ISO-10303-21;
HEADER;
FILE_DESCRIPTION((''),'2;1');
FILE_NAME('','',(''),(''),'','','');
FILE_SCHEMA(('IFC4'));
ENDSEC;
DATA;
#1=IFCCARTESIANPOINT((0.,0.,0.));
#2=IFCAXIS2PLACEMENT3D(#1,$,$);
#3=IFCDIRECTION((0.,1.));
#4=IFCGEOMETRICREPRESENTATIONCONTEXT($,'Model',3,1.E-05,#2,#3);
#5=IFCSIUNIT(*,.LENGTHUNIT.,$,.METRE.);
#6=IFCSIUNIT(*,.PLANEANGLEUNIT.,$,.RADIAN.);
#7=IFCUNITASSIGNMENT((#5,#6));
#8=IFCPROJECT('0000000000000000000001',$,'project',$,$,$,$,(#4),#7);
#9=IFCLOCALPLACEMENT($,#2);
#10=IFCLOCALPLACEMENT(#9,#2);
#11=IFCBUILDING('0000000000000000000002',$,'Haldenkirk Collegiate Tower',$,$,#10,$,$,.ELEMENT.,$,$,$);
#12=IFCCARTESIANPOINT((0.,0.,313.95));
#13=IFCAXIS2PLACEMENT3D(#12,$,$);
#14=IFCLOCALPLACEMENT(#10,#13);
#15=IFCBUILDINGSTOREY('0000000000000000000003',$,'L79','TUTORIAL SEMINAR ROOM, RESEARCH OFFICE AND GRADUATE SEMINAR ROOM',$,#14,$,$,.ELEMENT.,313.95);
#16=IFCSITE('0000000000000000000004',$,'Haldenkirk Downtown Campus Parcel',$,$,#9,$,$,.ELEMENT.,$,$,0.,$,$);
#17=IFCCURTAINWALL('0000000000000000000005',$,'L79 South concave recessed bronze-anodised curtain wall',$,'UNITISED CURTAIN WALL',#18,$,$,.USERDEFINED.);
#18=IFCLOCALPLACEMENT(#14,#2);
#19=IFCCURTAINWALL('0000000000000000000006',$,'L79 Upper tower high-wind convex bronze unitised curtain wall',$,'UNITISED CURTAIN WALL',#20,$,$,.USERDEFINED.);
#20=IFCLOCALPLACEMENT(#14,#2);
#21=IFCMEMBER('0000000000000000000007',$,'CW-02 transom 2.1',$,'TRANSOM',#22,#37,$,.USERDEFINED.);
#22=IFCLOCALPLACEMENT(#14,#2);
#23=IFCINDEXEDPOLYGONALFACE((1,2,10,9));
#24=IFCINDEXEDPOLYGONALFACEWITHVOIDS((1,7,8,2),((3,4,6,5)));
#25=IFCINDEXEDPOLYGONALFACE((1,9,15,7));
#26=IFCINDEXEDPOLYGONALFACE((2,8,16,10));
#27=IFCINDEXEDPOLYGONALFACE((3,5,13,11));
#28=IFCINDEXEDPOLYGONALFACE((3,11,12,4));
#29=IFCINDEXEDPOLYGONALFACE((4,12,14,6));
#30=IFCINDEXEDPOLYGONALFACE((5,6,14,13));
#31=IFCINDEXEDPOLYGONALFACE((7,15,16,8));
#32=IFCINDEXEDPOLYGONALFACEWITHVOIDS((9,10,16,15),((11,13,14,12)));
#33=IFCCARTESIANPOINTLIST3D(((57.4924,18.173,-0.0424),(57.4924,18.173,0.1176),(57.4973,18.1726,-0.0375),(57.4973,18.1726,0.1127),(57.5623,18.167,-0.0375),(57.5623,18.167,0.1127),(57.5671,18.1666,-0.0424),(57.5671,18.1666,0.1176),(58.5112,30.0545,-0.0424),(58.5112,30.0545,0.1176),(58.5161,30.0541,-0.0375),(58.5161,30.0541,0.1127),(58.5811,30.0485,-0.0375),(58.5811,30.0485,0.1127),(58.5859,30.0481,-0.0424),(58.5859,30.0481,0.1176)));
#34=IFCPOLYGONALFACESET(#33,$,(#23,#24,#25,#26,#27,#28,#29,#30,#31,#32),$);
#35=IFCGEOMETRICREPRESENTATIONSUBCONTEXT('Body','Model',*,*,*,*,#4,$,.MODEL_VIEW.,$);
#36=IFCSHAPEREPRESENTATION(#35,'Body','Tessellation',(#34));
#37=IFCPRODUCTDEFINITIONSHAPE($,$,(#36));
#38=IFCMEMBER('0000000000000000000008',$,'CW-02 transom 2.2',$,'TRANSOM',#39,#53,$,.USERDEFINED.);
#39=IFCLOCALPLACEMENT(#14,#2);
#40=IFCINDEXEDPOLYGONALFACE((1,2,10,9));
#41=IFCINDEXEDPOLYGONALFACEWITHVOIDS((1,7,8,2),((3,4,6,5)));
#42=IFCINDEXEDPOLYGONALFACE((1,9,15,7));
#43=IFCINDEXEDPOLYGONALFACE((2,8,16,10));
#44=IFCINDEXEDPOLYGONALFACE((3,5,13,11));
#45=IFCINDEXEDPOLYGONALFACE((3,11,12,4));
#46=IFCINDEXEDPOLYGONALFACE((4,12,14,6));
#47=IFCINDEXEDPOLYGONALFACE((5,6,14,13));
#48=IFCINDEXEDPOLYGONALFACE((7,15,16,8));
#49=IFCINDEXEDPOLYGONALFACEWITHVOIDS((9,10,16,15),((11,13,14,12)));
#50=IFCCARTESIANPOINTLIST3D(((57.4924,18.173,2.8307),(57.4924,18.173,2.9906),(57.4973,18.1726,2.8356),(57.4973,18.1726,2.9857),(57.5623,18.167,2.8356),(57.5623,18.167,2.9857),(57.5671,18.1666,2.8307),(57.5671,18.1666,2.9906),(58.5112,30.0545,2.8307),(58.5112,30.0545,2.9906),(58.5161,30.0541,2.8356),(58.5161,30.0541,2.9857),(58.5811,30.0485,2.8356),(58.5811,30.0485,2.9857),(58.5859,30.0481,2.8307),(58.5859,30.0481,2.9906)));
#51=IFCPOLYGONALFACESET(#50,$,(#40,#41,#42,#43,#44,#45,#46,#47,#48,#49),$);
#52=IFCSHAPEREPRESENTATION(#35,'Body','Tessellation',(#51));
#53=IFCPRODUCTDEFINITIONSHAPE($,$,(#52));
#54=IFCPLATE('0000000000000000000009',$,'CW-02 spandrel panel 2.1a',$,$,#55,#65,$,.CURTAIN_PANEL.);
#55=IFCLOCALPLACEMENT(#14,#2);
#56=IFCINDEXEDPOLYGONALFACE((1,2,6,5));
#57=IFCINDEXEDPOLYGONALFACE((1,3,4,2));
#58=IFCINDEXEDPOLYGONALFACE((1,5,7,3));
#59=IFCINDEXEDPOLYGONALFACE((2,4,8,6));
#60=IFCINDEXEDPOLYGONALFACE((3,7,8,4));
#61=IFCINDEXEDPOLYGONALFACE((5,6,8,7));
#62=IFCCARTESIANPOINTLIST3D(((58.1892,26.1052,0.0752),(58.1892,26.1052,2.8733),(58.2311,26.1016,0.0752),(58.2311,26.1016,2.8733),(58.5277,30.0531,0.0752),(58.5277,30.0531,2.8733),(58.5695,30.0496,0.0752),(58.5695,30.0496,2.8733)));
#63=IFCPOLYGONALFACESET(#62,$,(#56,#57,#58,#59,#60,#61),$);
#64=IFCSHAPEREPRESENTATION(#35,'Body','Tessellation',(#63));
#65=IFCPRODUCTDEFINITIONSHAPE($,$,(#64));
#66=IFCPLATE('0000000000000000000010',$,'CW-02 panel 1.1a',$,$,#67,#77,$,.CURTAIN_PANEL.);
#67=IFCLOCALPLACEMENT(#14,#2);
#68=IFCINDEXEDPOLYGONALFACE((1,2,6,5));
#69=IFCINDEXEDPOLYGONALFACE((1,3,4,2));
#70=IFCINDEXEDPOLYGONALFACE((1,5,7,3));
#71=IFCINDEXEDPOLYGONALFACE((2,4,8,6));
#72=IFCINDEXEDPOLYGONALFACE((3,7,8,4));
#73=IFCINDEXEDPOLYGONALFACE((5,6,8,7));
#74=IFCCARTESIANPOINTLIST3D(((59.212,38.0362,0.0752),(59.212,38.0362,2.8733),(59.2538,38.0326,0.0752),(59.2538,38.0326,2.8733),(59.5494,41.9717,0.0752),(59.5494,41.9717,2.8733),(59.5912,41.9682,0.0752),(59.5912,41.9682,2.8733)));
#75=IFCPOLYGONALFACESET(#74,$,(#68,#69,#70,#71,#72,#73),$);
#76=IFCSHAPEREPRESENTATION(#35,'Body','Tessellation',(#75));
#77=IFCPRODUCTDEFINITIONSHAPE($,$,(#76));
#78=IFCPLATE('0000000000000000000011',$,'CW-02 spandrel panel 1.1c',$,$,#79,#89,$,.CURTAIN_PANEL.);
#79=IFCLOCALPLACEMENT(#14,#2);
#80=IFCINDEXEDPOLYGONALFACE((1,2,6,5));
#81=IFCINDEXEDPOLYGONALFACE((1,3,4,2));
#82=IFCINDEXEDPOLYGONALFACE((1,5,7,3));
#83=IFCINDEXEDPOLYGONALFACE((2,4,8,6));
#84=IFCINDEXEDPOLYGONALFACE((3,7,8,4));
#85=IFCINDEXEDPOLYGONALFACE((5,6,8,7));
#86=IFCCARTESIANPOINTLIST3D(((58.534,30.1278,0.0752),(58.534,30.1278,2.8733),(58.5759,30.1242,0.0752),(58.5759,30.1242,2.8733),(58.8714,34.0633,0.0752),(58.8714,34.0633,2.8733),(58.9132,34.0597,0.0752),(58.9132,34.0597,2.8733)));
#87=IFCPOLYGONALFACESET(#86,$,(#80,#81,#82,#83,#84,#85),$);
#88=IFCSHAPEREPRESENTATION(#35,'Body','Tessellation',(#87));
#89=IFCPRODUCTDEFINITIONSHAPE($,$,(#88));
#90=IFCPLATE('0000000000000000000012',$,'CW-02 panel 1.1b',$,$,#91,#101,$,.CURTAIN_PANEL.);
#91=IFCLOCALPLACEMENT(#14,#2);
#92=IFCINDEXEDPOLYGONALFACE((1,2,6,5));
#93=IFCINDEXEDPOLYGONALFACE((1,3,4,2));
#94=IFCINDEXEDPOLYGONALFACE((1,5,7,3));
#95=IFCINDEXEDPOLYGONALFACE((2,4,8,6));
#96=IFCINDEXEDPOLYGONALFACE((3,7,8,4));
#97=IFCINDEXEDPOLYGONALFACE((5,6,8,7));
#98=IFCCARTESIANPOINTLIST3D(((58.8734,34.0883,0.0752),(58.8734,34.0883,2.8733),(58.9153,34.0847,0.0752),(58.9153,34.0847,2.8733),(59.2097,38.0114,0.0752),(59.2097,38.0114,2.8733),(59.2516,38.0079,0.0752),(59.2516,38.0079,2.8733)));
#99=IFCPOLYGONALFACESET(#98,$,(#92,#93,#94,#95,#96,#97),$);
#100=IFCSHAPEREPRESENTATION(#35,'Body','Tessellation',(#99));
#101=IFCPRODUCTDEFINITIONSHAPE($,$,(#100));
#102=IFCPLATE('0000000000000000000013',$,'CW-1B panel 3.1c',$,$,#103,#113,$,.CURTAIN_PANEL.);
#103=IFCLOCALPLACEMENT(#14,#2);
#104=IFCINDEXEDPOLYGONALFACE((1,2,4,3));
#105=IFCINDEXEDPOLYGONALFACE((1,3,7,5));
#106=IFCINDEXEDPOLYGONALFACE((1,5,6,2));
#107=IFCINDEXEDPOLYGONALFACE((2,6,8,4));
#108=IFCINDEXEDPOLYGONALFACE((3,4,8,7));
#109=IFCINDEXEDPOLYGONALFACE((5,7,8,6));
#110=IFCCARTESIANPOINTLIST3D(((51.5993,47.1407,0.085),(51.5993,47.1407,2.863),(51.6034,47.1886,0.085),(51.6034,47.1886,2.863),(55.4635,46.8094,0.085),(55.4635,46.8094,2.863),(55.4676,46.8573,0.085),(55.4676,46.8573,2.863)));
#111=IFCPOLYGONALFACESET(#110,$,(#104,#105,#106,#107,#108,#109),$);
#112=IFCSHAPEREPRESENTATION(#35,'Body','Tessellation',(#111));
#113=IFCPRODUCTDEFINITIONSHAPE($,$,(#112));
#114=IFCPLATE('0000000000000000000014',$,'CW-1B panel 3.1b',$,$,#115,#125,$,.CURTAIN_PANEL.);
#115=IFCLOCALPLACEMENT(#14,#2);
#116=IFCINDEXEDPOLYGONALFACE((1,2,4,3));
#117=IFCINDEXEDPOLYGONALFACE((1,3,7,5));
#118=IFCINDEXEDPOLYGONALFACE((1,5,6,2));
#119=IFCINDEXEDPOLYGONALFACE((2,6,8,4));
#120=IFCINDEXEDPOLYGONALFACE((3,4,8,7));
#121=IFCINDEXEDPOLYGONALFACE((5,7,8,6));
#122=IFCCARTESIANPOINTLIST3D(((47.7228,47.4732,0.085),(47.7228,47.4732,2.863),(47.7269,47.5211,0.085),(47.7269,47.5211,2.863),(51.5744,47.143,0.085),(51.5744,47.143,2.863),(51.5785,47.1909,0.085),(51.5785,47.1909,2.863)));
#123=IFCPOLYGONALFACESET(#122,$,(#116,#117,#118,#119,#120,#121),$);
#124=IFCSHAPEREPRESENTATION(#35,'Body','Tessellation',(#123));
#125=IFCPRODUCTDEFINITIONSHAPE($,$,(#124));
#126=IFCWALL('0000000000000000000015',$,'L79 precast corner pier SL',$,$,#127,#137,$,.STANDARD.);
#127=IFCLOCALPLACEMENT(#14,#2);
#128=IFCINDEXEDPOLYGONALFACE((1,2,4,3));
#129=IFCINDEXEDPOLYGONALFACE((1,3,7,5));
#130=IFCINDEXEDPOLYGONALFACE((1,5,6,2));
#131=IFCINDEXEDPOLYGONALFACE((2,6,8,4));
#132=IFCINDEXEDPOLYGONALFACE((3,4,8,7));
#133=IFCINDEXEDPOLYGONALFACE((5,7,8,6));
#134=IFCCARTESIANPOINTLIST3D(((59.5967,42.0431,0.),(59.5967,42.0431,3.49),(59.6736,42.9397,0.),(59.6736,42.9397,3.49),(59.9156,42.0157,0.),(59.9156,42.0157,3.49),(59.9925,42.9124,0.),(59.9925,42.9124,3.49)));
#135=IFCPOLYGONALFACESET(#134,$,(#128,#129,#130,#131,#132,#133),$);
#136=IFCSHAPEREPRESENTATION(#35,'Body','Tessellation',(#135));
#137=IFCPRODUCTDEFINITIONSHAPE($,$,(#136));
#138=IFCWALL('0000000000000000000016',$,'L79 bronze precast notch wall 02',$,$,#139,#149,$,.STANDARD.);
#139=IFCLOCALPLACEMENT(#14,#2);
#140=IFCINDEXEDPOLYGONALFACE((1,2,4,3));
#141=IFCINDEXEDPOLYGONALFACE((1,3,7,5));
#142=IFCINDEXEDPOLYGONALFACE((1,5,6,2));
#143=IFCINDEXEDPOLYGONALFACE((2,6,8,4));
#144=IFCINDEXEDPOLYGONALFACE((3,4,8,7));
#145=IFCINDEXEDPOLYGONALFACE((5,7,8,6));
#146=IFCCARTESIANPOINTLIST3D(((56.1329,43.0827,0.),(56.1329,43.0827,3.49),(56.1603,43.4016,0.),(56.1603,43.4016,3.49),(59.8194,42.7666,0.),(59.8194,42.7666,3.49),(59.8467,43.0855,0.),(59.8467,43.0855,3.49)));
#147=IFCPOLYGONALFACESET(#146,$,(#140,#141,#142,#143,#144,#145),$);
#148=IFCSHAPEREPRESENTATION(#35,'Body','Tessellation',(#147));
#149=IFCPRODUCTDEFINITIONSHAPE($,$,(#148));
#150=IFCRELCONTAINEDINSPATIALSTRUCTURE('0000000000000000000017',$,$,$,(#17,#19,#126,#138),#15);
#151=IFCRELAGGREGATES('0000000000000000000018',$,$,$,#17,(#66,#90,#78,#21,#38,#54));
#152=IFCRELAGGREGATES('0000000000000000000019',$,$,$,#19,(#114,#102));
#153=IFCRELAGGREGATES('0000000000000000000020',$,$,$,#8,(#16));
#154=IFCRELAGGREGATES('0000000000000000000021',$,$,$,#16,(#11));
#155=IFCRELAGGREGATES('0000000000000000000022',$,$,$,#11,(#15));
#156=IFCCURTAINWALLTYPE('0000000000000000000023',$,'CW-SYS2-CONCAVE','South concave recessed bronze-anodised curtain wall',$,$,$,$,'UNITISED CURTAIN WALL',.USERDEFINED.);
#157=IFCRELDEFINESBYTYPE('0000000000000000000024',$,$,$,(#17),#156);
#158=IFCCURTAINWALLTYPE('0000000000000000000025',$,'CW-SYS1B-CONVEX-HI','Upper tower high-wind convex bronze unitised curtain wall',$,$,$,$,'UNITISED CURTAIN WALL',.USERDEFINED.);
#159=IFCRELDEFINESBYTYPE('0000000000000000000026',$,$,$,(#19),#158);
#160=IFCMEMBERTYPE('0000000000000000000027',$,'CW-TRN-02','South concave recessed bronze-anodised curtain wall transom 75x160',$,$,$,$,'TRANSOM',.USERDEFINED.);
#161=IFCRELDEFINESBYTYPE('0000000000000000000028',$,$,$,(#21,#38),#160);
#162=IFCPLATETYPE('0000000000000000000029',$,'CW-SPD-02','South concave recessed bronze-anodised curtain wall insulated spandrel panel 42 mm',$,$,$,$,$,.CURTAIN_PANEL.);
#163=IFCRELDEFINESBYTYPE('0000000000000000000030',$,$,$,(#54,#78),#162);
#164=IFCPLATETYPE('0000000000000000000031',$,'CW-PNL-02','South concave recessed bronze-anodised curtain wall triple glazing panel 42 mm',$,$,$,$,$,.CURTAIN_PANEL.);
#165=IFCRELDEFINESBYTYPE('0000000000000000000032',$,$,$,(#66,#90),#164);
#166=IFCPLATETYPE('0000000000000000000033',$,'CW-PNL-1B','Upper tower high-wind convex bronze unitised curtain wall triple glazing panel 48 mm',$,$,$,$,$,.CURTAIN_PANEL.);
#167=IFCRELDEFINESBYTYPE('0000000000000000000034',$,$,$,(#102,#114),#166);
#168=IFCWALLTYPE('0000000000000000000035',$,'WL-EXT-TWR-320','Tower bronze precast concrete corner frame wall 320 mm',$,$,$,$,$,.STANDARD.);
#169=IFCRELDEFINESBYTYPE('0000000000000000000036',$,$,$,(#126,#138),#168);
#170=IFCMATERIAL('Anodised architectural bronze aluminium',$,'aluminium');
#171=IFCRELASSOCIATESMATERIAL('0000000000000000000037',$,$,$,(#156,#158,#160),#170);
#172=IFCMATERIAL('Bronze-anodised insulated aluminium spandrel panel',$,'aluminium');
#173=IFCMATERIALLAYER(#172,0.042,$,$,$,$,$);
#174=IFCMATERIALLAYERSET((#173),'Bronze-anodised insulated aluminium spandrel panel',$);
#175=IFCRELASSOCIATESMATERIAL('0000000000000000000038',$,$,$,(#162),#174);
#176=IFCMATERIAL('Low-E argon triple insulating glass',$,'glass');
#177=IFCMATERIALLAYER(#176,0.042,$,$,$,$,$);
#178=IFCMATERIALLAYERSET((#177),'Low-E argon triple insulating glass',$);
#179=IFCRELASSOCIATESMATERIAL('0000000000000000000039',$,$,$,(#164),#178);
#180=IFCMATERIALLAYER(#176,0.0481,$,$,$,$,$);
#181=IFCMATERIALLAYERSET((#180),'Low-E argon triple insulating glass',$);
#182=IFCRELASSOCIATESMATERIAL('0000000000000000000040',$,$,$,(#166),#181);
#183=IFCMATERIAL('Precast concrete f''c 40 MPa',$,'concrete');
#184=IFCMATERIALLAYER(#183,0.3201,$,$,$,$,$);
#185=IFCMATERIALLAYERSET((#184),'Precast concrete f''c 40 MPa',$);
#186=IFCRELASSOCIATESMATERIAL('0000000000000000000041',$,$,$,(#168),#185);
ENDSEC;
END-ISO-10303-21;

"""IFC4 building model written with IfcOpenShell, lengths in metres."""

from ifc_helpers import new_model, si_unit, direction, frame, frame_2d, origin, origin_2d, place, context, subcontext, project, spatial, rectangle, hollow_rectangle, extrude, source, transform, mapped, material, layer, layer_set, material_profile, profile_set, type_object, element, aggregate, save


model = new_model("IFC4")

# Units and contexts
model_context = context("Model", 3, precision=1e-05, world=origin(), true_north=direction((0.0, 1.0)))
body_context = subcontext(model_context, "Body", "Model", "MODEL_VIEW")
ifc_project = project(units=[si_unit("LENGTHUNIT", "METRE"), si_unit("PLANEANGLEUNIT", "RADIAN")], contexts=[model_context])

# Site, building, storey
site_placement = place(None, origin())
site = spatial("IfcSite", under=ifc_project, at=site_placement, Name="Haldenkirk Downtown Campus Parcel", CompositionType="ELEMENT", RefElevation=0.0)
building_placement = place(site_placement, origin())
building = spatial("IfcBuilding", under=site, at=building_placement, Name="Haldenkirk Collegiate Tower", CompositionType="ELEMENT")
storey_placement = place(building_placement, frame((0.0, 0.0, 313.95)))
storey = spatial("IfcBuildingStorey", under=building, at=storey_placement, Name="L79", Description="TUTORIAL SEMINAR ROOM, RESEARCH OFFICE AND GRADUATE SEMINAR ROOM", CompositionType="ELEMENT", Elevation=313.95)

# Curtain wall
ifc_material_1 = material(Name="Anodised architectural bronze aluminium", Category="aluminium")
curtain_wall_type_1 = type_object("IfcCurtainWallType", Name="CW-SYS2-CONCAVE", Description="South concave recessed bronze-anodised curtain wall", ElementType="UNITISED CURTAIN WALL", PredefinedType="USERDEFINED", material=ifc_material_1)
curtain_wall_1_placement = place(storey_placement, origin())
curtain_wall_1 = element("IfcCurtainWall", 1, at=curtain_wall_1_placement, inside=storey, type_object=curtain_wall_type_1, Name="L79 South concave recessed bronze-anodised curtain wall", ObjectType="UNITISED CURTAIN WALL", PredefinedType="USERDEFINED")

# Curtain wall
curtain_wall_type_2 = type_object("IfcCurtainWallType", Name="CW-SYS1B-CONVEX-HI", Description="Upper tower high-wind convex bronze unitised curtain wall", ElementType="UNITISED CURTAIN WALL", PredefinedType="USERDEFINED", material=ifc_material_1)
curtain_wall_2_placement = place(storey_placement, origin())
curtain_wall_2 = element("IfcCurtainWall", 2, at=curtain_wall_2_placement, inside=storey, type_object=curtain_wall_type_2, Name="L79 Upper tower high-wind convex bronze unitised curtain wall", ObjectType="UNITISED CURTAIN WALL", PredefinedType="USERDEFINED")

# Members
ifc_material_profile_1 = material_profile(ifc_material_1, hollow_rectangle(XDim=0.075, YDim=0.1599, WallThickness=0.0049, at=origin_2d()), Name="CW-TRN-02")
ifc_profile_set_1 = profile_set([ifc_material_profile_1], Name="Anodised architectural bronze aluminium")
member_type_1 = type_object("IfcMemberType", Name="CW-TRN-02", Description="South concave recessed bronze-anodised curtain wall transom 75x160", ElementType="TRANSOM", PredefinedType="USERDEFINED", material=ifc_profile_set_1)
member_1_placement = place(storey_placement, frame((58.5486, 30.0513, 0.0376), z_axis=(-0.085434, -0.996344, 0.0), x_axis=(0.996344, -0.085434, 0.0)))
member_1 = element("IfcMember", 3, at=member_1_placement, type_object=member_type_1, Name="CW-02 transom 2.1", ObjectType="TRANSOM", PredefinedType="USERDEFINED", context=body_context, shape_type="SweptSolid", body=[
    extrude(hollow_rectangle(XDim=0.075, YDim=0.1599, WallThickness=0.0049, at=origin_2d()), origin(), (0.0, 0.0, 1.0), 11.925),
])
member_2_placement = place(storey_placement, frame((58.5486, 30.0513, 2.9106), z_axis=(-0.085434, -0.996344, 0.0), x_axis=(0.996344, -0.085434, 0.0)))
member_2 = element("IfcMember", 4, at=member_2_placement, type_object=member_type_1, Name="CW-02 transom 2.2", ObjectType="TRANSOM", PredefinedType="USERDEFINED", context=body_context, shape_type="SweptSolid", body=[
    extrude(hollow_rectangle(XDim=0.075, YDim=0.1599, WallThickness=0.0049, at=origin_2d()), origin(), (0.0, 0.0, 1.0), 11.925),
])

# Plates
ifc_material_2 = material(Name="Bronze-anodised insulated aluminium spandrel panel", Category="aluminium")
ifc_layer_1 = layer(ifc_material_2, 0.042)
ifc_layer_set_1 = layer_set([ifc_layer_1], Name="Bronze-anodised insulated aluminium spandrel panel")
plate_type_1 = type_object("IfcPlateType", Name="CW-SPD-02", Description="South concave recessed bronze-anodised curtain wall insulated spandrel panel 42 mm", PredefinedType="CURTAIN_PANEL", material=ifc_layer_set_1)
shared_shape_1 = source(origin(), body_context, "Body", "SweptSolid", [
    extrude(rectangle(XDim=3.9624, YDim=0.042, at=origin_2d()), origin(), (0.0, 0.0, 1.0), 2.7981),
])
plate_1_placement = place(storey_placement, frame((58.3794, 28.0774, 0.0752), z_axis=(0.0, 0.0, 1.0), x_axis=(-0.085417, -0.996345, 0.0)))
plate_1 = element("IfcPlate", 5, at=plate_1_placement, type_object=plate_type_1, Name="CW-02 spandrel panel 2.1a", PredefinedType="CURTAIN_PANEL", context=body_context, shape_type="MappedRepresentation", body=[
    mapped(shared_shape_1, transform((0.0, 0.0, 0.0), x_axis=(1.0, 0.0, 0.0), y_axis=(0.0, 1.0, 0.0), z_axis=(0.0, 0.0, 1.0), scale=1.0)),
])
ifc_material_3 = material(Name="Low-E argon triple insulating glass", Category="glass")
ifc_layer_2 = layer(ifc_material_3, 0.042)
ifc_layer_set_2 = layer_set([ifc_layer_2], Name="Low-E argon triple insulating glass")
plate_type_2 = type_object("IfcPlateType", Name="CW-PNL-02", Description="South concave recessed bronze-anodised curtain wall triple glazing panel 42 mm", PredefinedType="CURTAIN_PANEL", material=ifc_layer_set_2)
shared_shape_2 = source(origin(), body_context, "Body", "SweptSolid", [
    extrude(rectangle(XDim=3.95, YDim=0.042, at=origin_2d()), origin(), (0.0, 0.0, 1.0), 2.7981),
])
plate_2_placement = place(storey_placement, frame((59.4016, 40.0022, 0.0752), z_axis=(0.0, 0.0, 1.0), x_axis=(-0.085417, -0.996345, 0.0)))
plate_2 = element("IfcPlate", 6, at=plate_2_placement, type_object=plate_type_2, Name="CW-02 panel 1.1a", PredefinedType="CURTAIN_PANEL", context=body_context, shape_type="MappedRepresentation", body=[
    mapped(shared_shape_2, transform((0.0, 0.0, 0.0), x_axis=(1.0, 0.0, 0.0), y_axis=(0.0, 1.0, 0.0), z_axis=(0.0, 0.0, 1.0), scale=1.0)),
])
plate_3_placement = place(storey_placement, frame((58.7236, 32.0938, 0.0752), z_axis=(0.0, 0.0, 1.0), x_axis=(-0.085417, -0.996345, 0.0)))
plate_3 = element("IfcPlate", 7, at=plate_3_placement, type_object=plate_type_1, Name="CW-02 spandrel panel 1.1c", PredefinedType="CURTAIN_PANEL", context=body_context, shape_type="MappedRepresentation", body=[
    mapped(shared_shape_2, transform((0.0, 0.0, 0.0), x_axis=(1.0, 0.0, 0.0), y_axis=(0.0, 1.0, 0.0), z_axis=(0.0, 0.0, 1.0), scale=1.0)),
])
shared_shape_3 = source(origin(), body_context, "Body", "SweptSolid", [
    extrude(rectangle(XDim=3.9375, YDim=0.042, at=origin_2d()), origin(), (0.0, 0.0, 1.0), 2.7981),
])
plate_4_placement = place(storey_placement, frame((59.0625, 36.0481, 0.0752), z_axis=(0.0, 0.0, 1.0), x_axis=(-0.085417, -0.996345, 0.0)))
plate_4 = element("IfcPlate", 8, at=plate_4_placement, type_object=plate_type_2, Name="CW-02 panel 1.1b", PredefinedType="CURTAIN_PANEL", context=body_context, shape_type="MappedRepresentation", body=[
    mapped(shared_shape_3, transform((0.0, 0.0, 0.0), x_axis=(1.0, 0.0, 0.0), y_axis=(0.0, 1.0, 0.0), z_axis=(0.0, 0.0, 1.0), scale=1.0)),
])
aggregate(curtain_wall_1, [plate_2, plate_4, plate_3, member_1, member_2, plate_1])
ifc_layer_3 = layer(ifc_material_3, 0.0481)
ifc_layer_set_3 = layer_set([ifc_layer_3], Name="Low-E argon triple insulating glass")
plate_type_3 = type_object("IfcPlateType", Name="CW-PNL-1B", Description="Upper tower high-wind convex bronze unitised curtain wall triple glazing panel 48 mm", PredefinedType="CURTAIN_PANEL", material=ifc_layer_set_3)
shared_shape_4 = source(origin(), body_context, "Body", "SweptSolid", [
    extrude(rectangle(XDim=3.8784, YDim=0.0481, at=origin_2d()), origin(), (0.0, 0.0, 1.0), 2.7781),
])
plate_5_placement = place(storey_placement, frame((53.5334, 46.999, 0.085), z_axis=(0.0, 0.0, 1.0), x_axis=(0.996345, -0.085418, 0.0)))
plate_5 = element("IfcPlate", 9, at=plate_5_placement, type_object=plate_type_3, Name="CW-1B panel 3.1c", PredefinedType="CURTAIN_PANEL", context=body_context, shape_type="MappedRepresentation", body=[
    mapped(shared_shape_4, transform((0.0, 0.0, 0.0), x_axis=(1.0, 0.0, 0.0), y_axis=(0.0, 1.0, 0.0), z_axis=(0.0, 0.0, 1.0), scale=1.0)),
])
shared_shape_5 = source(origin(), body_context, "Body", "SweptSolid", [
    extrude(rectangle(XDim=3.8657, YDim=0.0481, at=origin_2d()), origin(), (0.0, 0.0, 1.0), 2.7781),
])
plate_6_placement = place(storey_placement, frame((49.6506, 47.332, 0.085), z_axis=(0.0, 0.0, 1.0), x_axis=(0.996345, -0.085418, 0.0)))
plate_6 = element("IfcPlate", 10, at=plate_6_placement, type_object=plate_type_3, Name="CW-1B panel 3.1b", PredefinedType="CURTAIN_PANEL", context=body_context, shape_type="MappedRepresentation", body=[
    mapped(shared_shape_5, transform((0.0, 0.0, 0.0), x_axis=(1.0, 0.0, 0.0), y_axis=(0.0, 1.0, 0.0), z_axis=(0.0, 0.0, 1.0), scale=1.0)),
])
aggregate(curtain_wall_2, [plate_6, plate_5])

# Walls
ifc_material_4 = material(Name="Precast concrete f'c 40 MPa", Category="concrete")
ifc_layer_4 = layer(ifc_material_4, 0.3201)
ifc_layer_set_4 = layer_set([ifc_layer_4], Name="Precast concrete f'c 40 MPa")
wall_type_1 = type_object("IfcWallType", Name="WL-EXT-TWR-320", Description="Tower bronze precast concrete corner frame wall 320 mm", PredefinedType="STANDARD", material=ifc_layer_set_4)
wall_1_placement = place(storey_placement, frame((59.833, 42.926, 0.0), z_axis=(0.0, 0.0, 1.0), x_axis=(-0.085447, -0.996343, 0.0)))
element("IfcWall", 11, at=wall_1_placement, inside=storey, type_object=wall_type_1, Name="L79 precast corner pier SL", PredefinedType="STANDARD", context=body_context, shape_type="SweptSolid", body=[
    extrude(rectangle(XDim=0.8999, YDim=0.3201, at=frame_2d((0.45, 0.0))), origin(), (0.0, 0.0, 1.0), 3.49),
])
wall_2_placement = place(storey_placement, frame((56.1465, 43.2422, 0.0), z_axis=(0.0, 0.0, 1.0), x_axis=(0.996343, -0.085448, 0.0)))
element("IfcWall", 12, at=wall_2_placement, inside=storey, type_object=wall_type_1, Name="L79 bronze precast notch wall 02", PredefinedType="STANDARD", context=body_context, shape_type="SweptSolid", body=[
    extrude(rectangle(XDim=3.7, YDim=0.3201, at=frame_2d((1.8501, 0.0))), origin(), (0.0, 0.0, 1.0), 3.49),
])

save(model, "model.ifc")
